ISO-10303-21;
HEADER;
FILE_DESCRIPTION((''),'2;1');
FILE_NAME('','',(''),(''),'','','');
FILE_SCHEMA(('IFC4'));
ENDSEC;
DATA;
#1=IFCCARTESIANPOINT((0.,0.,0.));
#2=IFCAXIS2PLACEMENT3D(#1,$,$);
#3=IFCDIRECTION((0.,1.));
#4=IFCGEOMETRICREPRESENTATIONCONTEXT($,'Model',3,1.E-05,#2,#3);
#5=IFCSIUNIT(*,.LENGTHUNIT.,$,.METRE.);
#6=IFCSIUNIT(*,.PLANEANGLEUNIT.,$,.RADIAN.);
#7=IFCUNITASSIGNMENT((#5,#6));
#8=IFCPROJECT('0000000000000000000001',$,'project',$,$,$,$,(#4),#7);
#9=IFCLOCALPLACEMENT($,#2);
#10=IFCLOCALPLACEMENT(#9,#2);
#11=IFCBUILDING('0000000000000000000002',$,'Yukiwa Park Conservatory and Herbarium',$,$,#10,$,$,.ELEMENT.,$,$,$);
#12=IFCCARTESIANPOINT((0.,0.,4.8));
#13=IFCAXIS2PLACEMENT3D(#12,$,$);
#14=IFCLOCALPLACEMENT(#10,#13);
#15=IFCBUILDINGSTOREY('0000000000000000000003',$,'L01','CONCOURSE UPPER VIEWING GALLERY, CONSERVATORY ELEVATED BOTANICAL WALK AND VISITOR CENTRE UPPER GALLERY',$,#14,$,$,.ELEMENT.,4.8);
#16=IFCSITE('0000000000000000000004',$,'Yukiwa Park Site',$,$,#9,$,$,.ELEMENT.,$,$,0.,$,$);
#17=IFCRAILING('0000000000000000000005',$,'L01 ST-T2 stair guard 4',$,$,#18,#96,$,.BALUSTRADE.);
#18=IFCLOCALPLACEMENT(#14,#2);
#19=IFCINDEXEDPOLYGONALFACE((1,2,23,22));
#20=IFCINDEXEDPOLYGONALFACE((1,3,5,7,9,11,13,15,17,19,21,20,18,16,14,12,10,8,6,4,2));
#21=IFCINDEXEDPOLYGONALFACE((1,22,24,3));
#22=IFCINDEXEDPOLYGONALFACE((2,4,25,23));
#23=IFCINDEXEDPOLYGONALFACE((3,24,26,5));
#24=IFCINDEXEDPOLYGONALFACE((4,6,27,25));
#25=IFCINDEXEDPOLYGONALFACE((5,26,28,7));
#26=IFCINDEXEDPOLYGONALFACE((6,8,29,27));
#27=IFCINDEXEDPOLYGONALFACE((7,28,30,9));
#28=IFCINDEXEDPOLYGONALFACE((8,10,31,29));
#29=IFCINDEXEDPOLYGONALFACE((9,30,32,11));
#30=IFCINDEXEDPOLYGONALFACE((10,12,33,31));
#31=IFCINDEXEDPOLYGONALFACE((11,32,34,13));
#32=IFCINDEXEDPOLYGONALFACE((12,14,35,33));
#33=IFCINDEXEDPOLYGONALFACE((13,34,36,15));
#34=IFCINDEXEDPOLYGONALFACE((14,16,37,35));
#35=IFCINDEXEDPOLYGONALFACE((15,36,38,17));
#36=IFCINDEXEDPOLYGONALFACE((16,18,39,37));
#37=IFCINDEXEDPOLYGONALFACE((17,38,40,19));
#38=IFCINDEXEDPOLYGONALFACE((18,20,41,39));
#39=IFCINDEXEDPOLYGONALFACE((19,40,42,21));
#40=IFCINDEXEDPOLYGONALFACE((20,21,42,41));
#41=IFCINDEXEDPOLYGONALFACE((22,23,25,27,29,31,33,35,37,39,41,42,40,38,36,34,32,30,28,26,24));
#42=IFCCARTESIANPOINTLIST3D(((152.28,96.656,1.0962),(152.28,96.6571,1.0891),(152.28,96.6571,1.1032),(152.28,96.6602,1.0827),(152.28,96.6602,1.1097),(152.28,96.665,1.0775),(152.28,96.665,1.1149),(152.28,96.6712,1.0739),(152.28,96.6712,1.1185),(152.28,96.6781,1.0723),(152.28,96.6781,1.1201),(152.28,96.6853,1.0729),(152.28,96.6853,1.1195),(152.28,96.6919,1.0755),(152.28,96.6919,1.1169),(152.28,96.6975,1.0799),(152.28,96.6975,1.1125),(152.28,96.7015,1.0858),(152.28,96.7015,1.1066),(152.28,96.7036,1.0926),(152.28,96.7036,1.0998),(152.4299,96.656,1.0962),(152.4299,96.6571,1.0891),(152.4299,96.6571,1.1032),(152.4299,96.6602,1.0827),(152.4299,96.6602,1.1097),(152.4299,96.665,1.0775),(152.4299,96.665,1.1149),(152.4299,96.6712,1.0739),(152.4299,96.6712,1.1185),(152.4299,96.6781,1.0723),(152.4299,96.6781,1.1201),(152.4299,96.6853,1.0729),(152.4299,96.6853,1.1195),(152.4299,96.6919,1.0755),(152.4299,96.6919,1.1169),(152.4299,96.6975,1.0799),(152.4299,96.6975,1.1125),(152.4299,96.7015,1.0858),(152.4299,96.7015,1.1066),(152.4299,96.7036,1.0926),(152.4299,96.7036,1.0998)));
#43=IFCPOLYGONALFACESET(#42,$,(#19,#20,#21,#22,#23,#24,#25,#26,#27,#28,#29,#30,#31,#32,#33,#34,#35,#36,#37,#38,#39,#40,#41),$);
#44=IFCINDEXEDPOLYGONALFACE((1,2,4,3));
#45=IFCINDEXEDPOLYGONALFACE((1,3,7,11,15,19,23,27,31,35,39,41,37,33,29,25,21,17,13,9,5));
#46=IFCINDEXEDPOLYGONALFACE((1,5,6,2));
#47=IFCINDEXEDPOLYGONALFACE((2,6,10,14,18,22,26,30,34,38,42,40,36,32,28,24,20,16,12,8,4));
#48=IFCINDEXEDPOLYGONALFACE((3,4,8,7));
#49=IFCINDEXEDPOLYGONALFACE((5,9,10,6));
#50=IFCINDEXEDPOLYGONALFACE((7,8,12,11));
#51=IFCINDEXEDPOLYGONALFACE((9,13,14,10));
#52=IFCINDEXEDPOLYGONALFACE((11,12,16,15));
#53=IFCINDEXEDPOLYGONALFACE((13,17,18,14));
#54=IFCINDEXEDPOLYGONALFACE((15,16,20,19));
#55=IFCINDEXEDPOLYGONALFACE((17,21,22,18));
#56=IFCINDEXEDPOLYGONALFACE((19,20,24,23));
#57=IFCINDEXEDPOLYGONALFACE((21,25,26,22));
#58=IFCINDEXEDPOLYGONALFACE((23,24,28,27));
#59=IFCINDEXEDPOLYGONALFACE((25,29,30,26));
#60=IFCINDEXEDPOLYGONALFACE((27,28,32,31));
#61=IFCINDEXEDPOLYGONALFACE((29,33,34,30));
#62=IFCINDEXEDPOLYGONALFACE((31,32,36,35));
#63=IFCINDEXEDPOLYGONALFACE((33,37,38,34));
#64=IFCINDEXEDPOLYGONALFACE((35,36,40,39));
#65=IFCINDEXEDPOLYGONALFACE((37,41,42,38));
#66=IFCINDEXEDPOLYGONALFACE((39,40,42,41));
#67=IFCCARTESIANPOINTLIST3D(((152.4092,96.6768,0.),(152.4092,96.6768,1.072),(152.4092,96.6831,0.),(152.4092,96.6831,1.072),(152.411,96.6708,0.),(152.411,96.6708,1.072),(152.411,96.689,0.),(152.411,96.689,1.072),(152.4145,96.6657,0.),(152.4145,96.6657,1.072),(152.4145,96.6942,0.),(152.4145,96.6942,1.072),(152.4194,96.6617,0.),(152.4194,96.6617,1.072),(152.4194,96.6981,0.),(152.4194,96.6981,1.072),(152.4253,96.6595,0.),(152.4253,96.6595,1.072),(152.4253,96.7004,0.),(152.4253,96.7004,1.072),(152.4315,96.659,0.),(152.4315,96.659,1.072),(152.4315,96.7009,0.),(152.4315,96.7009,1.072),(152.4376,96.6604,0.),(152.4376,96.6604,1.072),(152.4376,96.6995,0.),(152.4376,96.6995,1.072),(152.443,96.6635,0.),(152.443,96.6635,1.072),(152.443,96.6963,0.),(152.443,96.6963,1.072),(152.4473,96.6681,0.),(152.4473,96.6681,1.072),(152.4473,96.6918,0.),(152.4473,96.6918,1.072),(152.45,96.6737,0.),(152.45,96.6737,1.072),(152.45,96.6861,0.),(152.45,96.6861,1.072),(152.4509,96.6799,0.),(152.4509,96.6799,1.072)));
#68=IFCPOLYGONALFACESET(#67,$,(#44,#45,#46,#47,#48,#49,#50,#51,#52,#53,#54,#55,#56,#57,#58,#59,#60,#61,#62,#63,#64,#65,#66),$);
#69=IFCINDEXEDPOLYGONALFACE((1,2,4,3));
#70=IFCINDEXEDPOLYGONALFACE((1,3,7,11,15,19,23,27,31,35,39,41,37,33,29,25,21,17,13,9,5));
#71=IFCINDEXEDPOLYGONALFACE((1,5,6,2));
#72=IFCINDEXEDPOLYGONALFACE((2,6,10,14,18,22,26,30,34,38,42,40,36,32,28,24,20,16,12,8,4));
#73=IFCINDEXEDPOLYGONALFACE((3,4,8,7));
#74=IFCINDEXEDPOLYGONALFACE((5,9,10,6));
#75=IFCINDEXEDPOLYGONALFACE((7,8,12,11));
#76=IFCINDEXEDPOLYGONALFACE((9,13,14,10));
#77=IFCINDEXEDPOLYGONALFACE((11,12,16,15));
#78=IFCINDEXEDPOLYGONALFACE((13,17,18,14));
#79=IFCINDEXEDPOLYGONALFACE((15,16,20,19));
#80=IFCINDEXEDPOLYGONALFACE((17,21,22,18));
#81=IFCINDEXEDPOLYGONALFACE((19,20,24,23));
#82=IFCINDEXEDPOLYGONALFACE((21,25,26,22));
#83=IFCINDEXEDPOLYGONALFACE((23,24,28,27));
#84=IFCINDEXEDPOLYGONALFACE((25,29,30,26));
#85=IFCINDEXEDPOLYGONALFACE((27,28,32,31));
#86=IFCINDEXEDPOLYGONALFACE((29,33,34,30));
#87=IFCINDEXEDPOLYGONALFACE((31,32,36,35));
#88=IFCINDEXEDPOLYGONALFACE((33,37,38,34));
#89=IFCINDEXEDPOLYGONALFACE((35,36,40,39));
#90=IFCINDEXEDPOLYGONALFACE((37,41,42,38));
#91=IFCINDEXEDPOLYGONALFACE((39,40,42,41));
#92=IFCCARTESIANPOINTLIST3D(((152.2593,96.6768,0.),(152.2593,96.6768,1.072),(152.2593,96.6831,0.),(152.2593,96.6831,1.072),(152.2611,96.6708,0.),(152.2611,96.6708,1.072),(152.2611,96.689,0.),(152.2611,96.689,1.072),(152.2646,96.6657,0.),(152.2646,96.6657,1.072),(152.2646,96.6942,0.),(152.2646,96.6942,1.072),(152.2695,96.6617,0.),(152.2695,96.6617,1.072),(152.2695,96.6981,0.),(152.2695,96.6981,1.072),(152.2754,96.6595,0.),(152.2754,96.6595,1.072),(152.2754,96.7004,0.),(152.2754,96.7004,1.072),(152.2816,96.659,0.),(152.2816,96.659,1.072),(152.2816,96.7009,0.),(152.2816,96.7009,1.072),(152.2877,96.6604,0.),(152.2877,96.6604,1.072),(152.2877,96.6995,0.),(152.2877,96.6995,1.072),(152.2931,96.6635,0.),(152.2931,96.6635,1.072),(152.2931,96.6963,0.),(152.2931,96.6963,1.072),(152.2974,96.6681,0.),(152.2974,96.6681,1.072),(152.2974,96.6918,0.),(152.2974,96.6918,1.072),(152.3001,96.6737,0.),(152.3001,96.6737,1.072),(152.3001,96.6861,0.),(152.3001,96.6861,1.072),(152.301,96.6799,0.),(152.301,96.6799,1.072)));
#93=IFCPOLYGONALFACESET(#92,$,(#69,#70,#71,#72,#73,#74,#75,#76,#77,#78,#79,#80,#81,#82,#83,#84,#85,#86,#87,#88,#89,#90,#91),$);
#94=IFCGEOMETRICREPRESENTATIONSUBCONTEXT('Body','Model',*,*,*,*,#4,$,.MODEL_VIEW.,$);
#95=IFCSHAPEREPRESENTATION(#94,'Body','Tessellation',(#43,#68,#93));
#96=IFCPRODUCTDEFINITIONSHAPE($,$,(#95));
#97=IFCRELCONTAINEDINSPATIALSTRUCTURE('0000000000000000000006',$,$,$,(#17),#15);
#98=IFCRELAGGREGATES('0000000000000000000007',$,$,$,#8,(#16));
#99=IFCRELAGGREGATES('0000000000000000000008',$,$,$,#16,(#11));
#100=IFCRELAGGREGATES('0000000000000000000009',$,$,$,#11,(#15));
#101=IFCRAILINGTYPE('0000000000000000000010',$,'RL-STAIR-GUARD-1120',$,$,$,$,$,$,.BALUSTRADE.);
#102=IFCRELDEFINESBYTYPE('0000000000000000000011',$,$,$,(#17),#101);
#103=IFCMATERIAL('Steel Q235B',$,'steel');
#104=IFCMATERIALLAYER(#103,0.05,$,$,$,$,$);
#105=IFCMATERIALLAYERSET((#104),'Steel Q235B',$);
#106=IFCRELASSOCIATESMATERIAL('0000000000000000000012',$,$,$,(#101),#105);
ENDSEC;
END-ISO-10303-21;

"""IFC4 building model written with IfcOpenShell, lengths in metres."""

from ifc_helpers import new_model, si_unit, direction, frame, origin, origin_2d, place, context, subcontext, project, spatial, circle, extrude, material, layer, layer_set, type_object, element, save


model = new_model("IFC4")

# Units and contexts
model_context = context("Model", 3, precision=1e-05, world=origin(), true_north=direction((0.0, 1.0)))
body_context = subcontext(model_context, "Body", "Model", "MODEL_VIEW")
ifc_project = project(units=[si_unit("LENGTHUNIT", "METRE"), si_unit("PLANEANGLEUNIT", "RADIAN")], contexts=[model_context])

# Site, building, storey
site_placement = place(None, origin())
site = spatial("IfcSite", under=ifc_project, at=site_placement, Name="Yukiwa Park Site", CompositionType="ELEMENT", RefElevation=0.0)
building_placement = place(site_placement, origin())
building = spatial("IfcBuilding", under=site, at=building_placement, Name="Yukiwa Park Conservatory and Herbarium", CompositionType="ELEMENT")
storey_placement = place(building_placement, frame((0.0, 0.0, 4.8)))
storey = spatial("IfcBuildingStorey", under=building, at=storey_placement, Name="L01", Description="CONCOURSE UPPER VIEWING GALLERY, CONSERVATORY ELEVATED BOTANICAL WALK AND VISITOR CENTRE UPPER GALLERY", CompositionType="ELEMENT", Elevation=4.8)

# Railing
ifc_material_1 = material(Name="Steel Q235B", Category="steel")
ifc_layer_1 = layer(ifc_material_1, 0.05)
ifc_layer_set_1 = layer_set([ifc_layer_1], Name="Steel Q235B")
railing_type = type_object("IfcRailingType", Name="RL-STAIR-GUARD-1120", PredefinedType="BALUSTRADE", material=ifc_layer_set_1)
railing_1_placement = place(storey_placement, frame((152.4299, 96.6799, 0.0)))
element("IfcRailing", 1, at=railing_1_placement, inside=storey, type_object=railing_type, Name="L01 ST-T2 stair guard 4", PredefinedType="BALUSTRADE", context=body_context, shape_type="SweptSolid", body=[
    extrude(circle(Radius=0.0239, at=origin_2d()), frame((0.0, 0.0, 1.0962), z_axis=(-1.0, 0.0, 0.0), x_axis=(0.0, -1.0, 0.0)), (0.0, 0.0, 1.0), 0.1499),
    extrude(circle(Radius=0.021, at=origin_2d()), origin(), (0.0, 0.0, 1.0), 1.072),
    extrude(circle(Radius=0.021, at=origin_2d()), frame((-0.1499, 0.0, 0.0)), (0.0, 0.0, 1.0), 1.072),
])

save(model, "model.ifc")
